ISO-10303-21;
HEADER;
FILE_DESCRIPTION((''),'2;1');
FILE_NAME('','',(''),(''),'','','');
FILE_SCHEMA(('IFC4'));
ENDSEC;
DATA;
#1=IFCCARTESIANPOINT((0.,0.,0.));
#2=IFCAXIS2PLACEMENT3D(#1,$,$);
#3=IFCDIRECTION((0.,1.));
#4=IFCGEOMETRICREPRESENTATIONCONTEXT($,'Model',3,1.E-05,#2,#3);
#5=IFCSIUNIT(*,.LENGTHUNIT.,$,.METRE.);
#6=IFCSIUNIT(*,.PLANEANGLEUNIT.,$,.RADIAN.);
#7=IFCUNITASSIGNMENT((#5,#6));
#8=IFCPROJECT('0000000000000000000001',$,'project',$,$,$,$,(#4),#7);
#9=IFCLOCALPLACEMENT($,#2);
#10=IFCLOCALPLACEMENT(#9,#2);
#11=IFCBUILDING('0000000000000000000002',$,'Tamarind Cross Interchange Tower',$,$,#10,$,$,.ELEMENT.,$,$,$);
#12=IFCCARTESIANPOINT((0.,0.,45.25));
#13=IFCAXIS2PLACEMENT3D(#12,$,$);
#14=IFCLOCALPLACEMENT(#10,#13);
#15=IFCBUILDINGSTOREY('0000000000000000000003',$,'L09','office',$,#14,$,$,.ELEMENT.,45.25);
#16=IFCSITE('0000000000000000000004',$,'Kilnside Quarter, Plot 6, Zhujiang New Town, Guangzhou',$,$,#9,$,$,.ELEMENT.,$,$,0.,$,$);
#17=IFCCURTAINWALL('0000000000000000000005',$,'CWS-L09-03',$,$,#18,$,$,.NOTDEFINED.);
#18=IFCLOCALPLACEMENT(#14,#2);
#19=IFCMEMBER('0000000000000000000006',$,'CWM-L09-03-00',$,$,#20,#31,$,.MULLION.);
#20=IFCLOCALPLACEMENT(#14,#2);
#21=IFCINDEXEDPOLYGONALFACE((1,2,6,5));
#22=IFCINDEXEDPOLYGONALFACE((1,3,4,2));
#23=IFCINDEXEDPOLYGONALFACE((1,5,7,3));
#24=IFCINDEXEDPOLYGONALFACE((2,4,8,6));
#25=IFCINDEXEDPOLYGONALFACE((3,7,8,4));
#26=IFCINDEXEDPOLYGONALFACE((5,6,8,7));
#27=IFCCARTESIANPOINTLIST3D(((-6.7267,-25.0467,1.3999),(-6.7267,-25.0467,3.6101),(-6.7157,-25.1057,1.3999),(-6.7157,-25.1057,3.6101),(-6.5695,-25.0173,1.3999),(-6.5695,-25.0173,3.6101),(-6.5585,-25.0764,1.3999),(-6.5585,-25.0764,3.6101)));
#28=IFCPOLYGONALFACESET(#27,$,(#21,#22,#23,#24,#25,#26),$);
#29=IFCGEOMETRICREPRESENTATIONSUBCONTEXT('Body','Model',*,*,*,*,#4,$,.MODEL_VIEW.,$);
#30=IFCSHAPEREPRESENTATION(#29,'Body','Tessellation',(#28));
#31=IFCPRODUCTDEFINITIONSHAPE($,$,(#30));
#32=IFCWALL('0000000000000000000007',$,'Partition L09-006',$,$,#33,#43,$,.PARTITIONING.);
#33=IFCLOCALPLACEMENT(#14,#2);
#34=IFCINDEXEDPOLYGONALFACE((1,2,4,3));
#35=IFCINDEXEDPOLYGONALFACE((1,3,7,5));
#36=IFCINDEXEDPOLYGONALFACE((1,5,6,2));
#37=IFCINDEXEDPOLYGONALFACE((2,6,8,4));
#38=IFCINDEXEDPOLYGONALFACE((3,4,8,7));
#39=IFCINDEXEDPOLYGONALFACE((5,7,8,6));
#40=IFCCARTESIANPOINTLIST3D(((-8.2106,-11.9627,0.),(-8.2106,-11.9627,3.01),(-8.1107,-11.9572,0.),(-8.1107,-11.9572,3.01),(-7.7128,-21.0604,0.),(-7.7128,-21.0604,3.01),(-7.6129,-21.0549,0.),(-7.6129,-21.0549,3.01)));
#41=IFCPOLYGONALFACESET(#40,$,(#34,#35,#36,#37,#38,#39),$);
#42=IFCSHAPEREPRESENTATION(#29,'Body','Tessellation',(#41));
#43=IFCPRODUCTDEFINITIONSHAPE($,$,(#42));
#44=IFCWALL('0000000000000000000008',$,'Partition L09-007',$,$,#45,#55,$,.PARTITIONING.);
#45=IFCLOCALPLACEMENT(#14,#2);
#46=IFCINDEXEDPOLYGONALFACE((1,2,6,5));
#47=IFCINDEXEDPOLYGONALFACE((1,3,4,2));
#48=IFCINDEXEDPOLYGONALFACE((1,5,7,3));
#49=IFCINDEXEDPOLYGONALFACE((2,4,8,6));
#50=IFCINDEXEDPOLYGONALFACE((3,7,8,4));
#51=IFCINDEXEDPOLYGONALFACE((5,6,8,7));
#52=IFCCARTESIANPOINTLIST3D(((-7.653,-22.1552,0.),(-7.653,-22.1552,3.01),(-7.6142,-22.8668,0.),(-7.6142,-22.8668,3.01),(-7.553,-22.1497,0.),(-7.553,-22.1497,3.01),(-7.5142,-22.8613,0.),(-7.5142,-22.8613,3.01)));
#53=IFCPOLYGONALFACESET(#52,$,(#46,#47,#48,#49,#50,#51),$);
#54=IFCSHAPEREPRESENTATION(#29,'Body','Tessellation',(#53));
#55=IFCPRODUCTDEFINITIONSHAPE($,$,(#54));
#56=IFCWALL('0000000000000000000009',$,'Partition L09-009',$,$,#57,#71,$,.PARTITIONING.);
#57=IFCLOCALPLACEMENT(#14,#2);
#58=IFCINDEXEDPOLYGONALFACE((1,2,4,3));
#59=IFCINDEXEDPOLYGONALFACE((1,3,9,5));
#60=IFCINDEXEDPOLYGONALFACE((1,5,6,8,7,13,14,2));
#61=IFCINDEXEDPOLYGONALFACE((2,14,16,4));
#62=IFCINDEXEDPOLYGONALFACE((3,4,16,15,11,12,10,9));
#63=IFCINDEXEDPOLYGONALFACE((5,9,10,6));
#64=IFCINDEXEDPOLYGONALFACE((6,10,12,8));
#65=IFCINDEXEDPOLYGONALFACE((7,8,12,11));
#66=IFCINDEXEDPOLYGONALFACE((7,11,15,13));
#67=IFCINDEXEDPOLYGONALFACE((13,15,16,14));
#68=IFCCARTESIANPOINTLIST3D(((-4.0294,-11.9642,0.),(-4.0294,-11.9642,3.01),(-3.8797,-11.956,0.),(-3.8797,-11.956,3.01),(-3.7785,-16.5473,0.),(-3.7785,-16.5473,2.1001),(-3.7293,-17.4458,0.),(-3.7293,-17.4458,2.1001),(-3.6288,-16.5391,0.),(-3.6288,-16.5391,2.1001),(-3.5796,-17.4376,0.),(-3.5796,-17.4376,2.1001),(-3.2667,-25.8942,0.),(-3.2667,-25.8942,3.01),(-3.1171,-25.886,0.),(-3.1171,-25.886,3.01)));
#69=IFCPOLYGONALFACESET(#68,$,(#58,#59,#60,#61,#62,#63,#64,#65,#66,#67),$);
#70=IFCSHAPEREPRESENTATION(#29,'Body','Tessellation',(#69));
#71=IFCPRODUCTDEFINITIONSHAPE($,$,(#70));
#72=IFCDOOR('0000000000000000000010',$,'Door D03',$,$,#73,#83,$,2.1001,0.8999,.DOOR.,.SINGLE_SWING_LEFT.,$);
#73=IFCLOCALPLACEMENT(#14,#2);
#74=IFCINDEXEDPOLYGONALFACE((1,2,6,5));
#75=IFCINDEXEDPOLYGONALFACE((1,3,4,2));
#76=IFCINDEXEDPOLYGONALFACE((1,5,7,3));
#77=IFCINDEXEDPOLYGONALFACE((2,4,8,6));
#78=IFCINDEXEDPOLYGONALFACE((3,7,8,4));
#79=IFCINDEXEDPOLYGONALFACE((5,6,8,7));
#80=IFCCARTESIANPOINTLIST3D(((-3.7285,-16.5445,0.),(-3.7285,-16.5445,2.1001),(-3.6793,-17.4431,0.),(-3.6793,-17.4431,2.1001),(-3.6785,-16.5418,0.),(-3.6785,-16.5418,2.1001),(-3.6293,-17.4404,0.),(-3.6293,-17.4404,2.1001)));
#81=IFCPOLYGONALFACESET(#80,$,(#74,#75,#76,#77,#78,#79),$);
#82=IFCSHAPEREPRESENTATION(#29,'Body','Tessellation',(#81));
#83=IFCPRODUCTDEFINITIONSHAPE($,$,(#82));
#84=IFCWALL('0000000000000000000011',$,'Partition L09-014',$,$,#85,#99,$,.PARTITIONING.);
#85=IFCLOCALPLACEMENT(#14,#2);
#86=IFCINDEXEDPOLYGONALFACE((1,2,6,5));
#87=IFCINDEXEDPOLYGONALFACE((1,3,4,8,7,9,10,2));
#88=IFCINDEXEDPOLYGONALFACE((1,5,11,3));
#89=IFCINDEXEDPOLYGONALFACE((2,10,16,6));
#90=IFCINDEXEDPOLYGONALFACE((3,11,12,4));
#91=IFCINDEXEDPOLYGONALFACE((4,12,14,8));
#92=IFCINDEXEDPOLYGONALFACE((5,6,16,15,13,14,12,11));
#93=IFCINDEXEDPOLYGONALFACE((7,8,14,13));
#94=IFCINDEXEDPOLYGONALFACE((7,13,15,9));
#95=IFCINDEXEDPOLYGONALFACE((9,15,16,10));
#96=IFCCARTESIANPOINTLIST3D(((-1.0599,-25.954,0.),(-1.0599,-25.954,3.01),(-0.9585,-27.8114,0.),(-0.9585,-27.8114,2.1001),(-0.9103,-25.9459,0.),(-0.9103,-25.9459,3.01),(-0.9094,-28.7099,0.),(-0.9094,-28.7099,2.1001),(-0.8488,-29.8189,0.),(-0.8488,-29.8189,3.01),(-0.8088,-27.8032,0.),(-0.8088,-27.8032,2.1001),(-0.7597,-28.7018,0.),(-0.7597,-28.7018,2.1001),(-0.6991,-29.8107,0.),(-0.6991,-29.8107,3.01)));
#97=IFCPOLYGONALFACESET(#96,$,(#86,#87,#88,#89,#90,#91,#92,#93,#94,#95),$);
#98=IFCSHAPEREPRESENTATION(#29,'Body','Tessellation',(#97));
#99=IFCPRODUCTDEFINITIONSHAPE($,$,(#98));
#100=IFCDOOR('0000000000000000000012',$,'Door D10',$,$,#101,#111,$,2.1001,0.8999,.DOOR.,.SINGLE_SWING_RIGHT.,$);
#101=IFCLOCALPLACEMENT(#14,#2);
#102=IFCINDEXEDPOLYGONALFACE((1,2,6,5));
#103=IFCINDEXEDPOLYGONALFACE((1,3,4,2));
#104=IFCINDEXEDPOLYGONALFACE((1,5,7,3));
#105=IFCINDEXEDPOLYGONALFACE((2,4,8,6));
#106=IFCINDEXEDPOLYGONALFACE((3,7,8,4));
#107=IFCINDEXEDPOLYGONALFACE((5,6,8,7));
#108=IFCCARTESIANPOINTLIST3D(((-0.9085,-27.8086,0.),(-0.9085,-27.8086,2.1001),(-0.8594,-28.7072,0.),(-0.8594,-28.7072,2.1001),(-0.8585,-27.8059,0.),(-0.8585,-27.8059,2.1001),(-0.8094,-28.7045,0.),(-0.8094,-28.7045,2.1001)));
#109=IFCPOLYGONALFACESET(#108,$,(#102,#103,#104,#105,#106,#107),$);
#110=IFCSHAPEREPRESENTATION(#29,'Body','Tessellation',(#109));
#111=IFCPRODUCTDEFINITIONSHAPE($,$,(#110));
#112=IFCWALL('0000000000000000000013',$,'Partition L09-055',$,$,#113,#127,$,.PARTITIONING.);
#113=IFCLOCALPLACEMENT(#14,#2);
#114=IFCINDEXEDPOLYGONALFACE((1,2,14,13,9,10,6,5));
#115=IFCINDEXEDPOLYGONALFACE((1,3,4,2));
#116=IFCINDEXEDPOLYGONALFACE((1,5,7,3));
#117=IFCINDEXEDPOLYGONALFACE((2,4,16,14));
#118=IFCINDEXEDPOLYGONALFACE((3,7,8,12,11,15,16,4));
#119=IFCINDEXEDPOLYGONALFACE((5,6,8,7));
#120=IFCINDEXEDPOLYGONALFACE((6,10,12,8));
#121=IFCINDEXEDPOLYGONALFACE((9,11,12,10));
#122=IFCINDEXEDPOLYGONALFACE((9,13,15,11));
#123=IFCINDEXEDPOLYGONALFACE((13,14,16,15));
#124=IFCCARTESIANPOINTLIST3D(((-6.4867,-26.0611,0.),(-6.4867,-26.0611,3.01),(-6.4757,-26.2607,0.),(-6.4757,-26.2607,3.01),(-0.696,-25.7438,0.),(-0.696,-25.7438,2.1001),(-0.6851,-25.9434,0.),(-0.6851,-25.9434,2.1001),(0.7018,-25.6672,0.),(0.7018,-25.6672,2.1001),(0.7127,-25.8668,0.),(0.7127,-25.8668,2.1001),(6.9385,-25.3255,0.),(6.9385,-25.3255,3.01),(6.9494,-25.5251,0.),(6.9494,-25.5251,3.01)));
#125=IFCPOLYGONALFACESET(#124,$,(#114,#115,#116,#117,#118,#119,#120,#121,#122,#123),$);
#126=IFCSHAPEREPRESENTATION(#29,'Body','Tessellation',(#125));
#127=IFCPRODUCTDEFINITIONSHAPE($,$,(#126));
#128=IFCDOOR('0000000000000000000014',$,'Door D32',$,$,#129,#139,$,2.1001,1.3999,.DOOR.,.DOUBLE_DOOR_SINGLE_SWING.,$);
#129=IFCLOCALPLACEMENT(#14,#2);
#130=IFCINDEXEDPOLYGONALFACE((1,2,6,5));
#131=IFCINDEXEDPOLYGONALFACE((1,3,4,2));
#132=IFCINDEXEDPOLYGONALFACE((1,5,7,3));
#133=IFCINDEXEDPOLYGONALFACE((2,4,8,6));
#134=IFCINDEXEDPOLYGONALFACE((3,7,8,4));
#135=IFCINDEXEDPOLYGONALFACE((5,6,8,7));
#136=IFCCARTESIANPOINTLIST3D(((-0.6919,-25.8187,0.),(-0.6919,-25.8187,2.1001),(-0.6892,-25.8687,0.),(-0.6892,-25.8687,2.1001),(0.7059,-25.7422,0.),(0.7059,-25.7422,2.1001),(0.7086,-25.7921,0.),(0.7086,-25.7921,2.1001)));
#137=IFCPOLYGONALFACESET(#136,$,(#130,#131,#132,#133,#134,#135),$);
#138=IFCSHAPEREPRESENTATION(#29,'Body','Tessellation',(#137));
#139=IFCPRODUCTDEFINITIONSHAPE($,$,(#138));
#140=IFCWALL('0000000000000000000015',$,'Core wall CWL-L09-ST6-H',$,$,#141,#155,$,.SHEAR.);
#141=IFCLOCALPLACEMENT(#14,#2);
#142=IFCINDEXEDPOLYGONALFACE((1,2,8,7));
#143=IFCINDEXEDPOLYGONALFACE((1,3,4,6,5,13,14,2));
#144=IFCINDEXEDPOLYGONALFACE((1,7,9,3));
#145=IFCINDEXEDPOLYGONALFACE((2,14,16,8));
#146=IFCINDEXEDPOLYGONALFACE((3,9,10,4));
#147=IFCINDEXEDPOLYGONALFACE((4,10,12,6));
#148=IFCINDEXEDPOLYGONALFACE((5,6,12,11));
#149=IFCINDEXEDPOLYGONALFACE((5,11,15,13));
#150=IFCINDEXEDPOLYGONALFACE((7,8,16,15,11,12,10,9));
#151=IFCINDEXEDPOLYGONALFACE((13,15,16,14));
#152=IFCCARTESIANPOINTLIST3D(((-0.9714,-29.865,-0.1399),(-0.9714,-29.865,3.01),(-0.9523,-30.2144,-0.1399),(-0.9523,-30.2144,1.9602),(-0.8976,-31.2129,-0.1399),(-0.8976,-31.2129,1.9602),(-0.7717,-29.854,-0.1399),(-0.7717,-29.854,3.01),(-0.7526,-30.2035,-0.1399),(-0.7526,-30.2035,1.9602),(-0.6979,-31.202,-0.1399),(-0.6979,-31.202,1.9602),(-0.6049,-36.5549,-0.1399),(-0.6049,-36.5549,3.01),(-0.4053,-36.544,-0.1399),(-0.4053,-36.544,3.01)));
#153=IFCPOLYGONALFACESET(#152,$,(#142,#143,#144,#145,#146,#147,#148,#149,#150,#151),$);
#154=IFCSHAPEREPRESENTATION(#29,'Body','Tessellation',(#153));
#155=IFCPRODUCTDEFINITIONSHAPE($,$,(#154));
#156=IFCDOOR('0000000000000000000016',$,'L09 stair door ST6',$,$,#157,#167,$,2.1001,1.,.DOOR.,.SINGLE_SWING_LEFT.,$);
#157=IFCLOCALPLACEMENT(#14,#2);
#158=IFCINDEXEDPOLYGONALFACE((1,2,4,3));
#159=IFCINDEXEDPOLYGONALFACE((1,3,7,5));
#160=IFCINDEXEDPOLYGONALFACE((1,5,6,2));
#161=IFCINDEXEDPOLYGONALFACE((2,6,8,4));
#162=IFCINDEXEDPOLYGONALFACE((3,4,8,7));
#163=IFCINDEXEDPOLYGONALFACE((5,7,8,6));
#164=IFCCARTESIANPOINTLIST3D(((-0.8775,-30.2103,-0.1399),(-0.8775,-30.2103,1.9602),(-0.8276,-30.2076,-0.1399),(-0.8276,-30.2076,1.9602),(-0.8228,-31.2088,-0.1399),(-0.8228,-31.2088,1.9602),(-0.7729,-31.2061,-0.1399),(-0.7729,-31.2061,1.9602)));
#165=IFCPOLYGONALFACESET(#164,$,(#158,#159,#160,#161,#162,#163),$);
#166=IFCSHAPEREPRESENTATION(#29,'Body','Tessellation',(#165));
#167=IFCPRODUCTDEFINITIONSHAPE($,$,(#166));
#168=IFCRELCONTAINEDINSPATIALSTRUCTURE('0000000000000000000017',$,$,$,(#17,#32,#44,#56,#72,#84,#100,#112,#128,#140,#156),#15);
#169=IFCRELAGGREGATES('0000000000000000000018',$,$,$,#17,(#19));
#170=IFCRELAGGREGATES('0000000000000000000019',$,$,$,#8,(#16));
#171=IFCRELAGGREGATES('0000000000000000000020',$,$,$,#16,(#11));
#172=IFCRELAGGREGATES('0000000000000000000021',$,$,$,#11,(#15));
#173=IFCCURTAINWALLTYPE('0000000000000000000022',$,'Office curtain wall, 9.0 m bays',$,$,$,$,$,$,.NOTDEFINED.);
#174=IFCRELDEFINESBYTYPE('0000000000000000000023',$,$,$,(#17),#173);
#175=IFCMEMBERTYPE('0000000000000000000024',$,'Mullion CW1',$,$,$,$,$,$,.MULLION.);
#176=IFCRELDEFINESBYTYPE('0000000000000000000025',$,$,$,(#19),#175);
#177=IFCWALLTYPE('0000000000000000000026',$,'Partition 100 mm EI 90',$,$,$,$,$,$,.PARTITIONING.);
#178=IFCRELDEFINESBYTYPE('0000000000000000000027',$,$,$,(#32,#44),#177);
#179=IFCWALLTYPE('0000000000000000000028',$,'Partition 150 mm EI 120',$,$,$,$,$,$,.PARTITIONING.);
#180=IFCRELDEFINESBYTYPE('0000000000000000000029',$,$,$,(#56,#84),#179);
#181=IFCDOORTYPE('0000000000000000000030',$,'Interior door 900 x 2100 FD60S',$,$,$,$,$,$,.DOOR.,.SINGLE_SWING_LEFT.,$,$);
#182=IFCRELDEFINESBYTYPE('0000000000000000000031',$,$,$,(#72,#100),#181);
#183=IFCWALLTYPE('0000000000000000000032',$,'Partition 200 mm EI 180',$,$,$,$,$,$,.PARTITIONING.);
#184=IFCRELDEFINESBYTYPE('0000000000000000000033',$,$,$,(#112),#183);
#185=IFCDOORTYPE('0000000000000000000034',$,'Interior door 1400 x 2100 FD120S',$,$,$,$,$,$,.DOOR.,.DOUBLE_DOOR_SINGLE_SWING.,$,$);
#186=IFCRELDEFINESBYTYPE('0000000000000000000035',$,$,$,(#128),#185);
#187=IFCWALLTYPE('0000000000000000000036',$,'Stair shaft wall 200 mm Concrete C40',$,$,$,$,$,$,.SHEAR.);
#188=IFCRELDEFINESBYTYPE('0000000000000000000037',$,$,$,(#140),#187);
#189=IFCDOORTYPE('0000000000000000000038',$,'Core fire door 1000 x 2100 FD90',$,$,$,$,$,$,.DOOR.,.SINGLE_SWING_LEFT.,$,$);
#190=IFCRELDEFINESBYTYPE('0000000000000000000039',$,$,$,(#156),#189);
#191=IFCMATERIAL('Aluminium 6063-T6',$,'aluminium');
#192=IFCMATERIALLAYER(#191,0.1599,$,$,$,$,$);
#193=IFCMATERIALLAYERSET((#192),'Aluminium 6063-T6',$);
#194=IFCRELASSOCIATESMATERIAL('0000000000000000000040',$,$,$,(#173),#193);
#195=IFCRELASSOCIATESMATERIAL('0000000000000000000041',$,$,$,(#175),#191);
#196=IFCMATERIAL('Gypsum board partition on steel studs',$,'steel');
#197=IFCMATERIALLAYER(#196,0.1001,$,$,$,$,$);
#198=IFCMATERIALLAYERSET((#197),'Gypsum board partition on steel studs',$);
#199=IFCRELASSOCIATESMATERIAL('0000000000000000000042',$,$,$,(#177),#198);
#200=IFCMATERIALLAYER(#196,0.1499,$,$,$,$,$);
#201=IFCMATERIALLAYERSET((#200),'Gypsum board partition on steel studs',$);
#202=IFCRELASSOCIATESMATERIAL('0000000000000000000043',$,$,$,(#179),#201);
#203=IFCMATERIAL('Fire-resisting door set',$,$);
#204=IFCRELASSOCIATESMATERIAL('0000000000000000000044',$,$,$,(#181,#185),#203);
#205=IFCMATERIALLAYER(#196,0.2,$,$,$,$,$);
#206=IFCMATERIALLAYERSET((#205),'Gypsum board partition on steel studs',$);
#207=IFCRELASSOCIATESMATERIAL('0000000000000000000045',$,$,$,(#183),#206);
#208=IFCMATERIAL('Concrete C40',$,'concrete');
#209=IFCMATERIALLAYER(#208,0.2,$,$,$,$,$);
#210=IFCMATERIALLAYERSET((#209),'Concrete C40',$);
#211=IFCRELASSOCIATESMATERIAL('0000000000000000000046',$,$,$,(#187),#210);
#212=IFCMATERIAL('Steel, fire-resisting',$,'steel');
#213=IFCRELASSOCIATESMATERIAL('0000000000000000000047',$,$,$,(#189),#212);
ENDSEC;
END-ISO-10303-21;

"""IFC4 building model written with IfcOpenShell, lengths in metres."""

from ifc_helpers import new_model, si_unit, direction, frame, frame_2d, origin, origin_2d, place, context, subcontext, project, spatial, rectangle, extrude, material, layer, layer_set, material_profile, profile_set, type_object, element, fill, aggregate, save


model = new_model("IFC4")

# Units and contexts
model_context = context("Model", 3, precision=1e-05, world=origin(), true_north=direction((0.0, 1.0)))
body_context = subcontext(model_context, "Body", "Model", "MODEL_VIEW")
ifc_project = project(units=[si_unit("LENGTHUNIT", "METRE"), si_unit("PLANEANGLEUNIT", "RADIAN")], contexts=[model_context])

# Site, building, storey
site_placement = place(None, origin())
site = spatial("IfcSite", under=ifc_project, at=site_placement, Name="Kilnside Quarter, Plot 6, Zhujiang New Town, Guangzhou", CompositionType="ELEMENT", RefElevation=0.0)
building_placement = place(site_placement, origin())
building = spatial("IfcBuilding", under=site, at=building_placement, Name="Tamarind Cross Interchange Tower", CompositionType="ELEMENT")
storey_placement = place(building_placement, frame((0.0, 0.0, 45.25)))
storey = spatial("IfcBuildingStorey", under=building, at=storey_placement, Name="L09", Description="office", CompositionType="ELEMENT", Elevation=45.25)

# Curtain wall, member
ifc_material_1 = material(Name="Aluminium 6063-T6", Category="aluminium")
ifc_layer_1 = layer(ifc_material_1, 0.1599)
ifc_layer_set_1 = layer_set([ifc_layer_1], Name="Aluminium 6063-T6")
curtain_wall_type = type_object("IfcCurtainWallType", Name="Office curtain wall, 9.0 m bays", PredefinedType="NOTDEFINED", material=ifc_layer_set_1)
curtain_wall_placement = place(storey_placement, origin())
curtain_wall = element("IfcCurtainWall", 1, at=curtain_wall_placement, inside=storey, type_object=curtain_wall_type, Name="CWS-L09-03", PredefinedType="NOTDEFINED")
ifc_material_profile_1 = material_profile(ifc_material_1, rectangle(XDim=0.0601, YDim=0.1599, at=origin_2d()), Name="Mullion CW1")
ifc_profile_set_1 = profile_set([ifc_material_profile_1], Name="Aluminium 6063-T6")
member_type = type_object("IfcMemberType", Name="Mullion CW1", PredefinedType="MULLION", material=ifc_profile_set_1)
member_placement = place(storey_placement, frame((-6.6426, -25.0615, 1.3999), z_axis=(0.0, 0.0, 1.0), x_axis=(0.183566, -0.983007, 0.0)))
member = element("IfcMember", 2, at=member_placement, type_object=member_type, Name="CWM-L09-03-00", PredefinedType="MULLION", context=body_context, shape_type="SweptSolid", body=[
    extrude(rectangle(XDim=0.0601, YDim=0.1599, at=origin_2d()), origin(), (0.0, 0.0, 1.0), 2.2102),
])
aggregate(curtain_wall, [member])

# Walls
ifc_material_2 = material(Name="Gypsum board partition on steel studs", Category="steel")
ifc_layer_2 = layer(ifc_material_2, 0.1001)
ifc_layer_set_2 = layer_set([ifc_layer_2], Name="Gypsum board partition on steel studs")
wall_type_1 = type_object("IfcWallType", Name="Partition 100 mm EI 90", PredefinedType="PARTITIONING", material=ifc_layer_set_2)
wall_1_placement = place(storey_placement, frame((-8.1606, -11.96, 0.0), z_axis=(0.0, 0.0, 1.0), x_axis=(0.054636, -0.998506, 0.0)))
element("IfcWall", 3, at=wall_1_placement, inside=storey, type_object=wall_type_1, Name="Partition L09-006", PredefinedType="PARTITIONING", context=body_context, shape_type="SweptSolid", body=[
    extrude(rectangle(XDim=9.1113, YDim=0.1001, at=frame_2d((4.5557, 0.0))), origin(), (0.0, 0.0, 1.0), 3.01),
])
wall_2_placement = place(storey_placement, frame((-7.603, -22.1523, 0.0), z_axis=(0.0, 0.0, 1.0), x_axis=(0.054464, -0.998516, 0.0)))
element("IfcWall", 4, at=wall_2_placement, inside=storey, type_object=wall_type_1, Name="Partition L09-007", PredefinedType="PARTITIONING", context=body_context, shape_type="SweptSolid", body=[
    extrude(rectangle(XDim=0.7126, YDim=0.1001, at=frame_2d((0.3564, 0.0))), origin(), (0.0, 0.0, 1.0), 3.01),
])

# Walls, openings, doors
ifc_layer_3 = layer(ifc_material_2, 0.1499)
ifc_layer_set_3 = layer_set([ifc_layer_3], Name="Gypsum board partition on steel studs")
wall_type_2 = type_object("IfcWallType", Name="Partition 150 mm EI 120", PredefinedType="PARTITIONING", material=ifc_layer_set_3)
wall_3_placement = place(storey_placement, frame((-3.9546, -11.96, 0.0), z_axis=(0.0, 0.0, 1.0), x_axis=(0.054669, -0.998505, 0.0)))
wall_3 = element("IfcWall", 5, at=wall_3_placement, inside=storey, type_object=wall_type_2, Name="Partition L09-009", PredefinedType="PARTITIONING", context=body_context, shape_type="SweptSolid", body=[
    extrude(rectangle(XDim=13.9509, YDim=0.1499, at=frame_2d((6.9756, 0.0))), origin(), (0.0, 0.0, 1.0), 3.01),
])
opening_1_placement = place(wall_3_placement, frame((4.5901, 0.0, 0.0)))
opening_1 = element("IfcOpeningElement", 6, at=opening_1_placement, cuts=wall_3, PredefinedType="OPENING", context=body_context, shape_type="SweptSolid", body=[
    extrude(rectangle(XDim=0.8999, YDim=2.1001, at=frame_2d((0.45, 1.05))), frame((0.0, 0.085, 0.0), z_axis=(0.0, -1.0, 0.0), x_axis=(1.0, 0.0, 0.0)), (0.0, 0.0, 1.0), 0.1699),
])
ifc_material_3 = material(Name="Fire-resisting door set")
door_type_1 = type_object("IfcDoorType", Name="Interior door 900 x 2100 FD60S", OperationType="SINGLE_SWING_LEFT", PredefinedType="DOOR", material=ifc_material_3)
door_1_placement = place(opening_1_placement, frame((0.8999, 0.0, 0.0), z_axis=(0.0, 0.0, 1.0), x_axis=(-1.0, 0.0, 0.0)))
door_1 = element("IfcDoor", 7, at=door_1_placement, inside=storey, type_object=door_type_1, Name="Door D03", OperationType="SINGLE_SWING_LEFT", OverallHeight=2.1001, OverallWidth=0.8999, PredefinedType="DOOR", context=body_context, shape_type="SweptSolid", body=[
    extrude(rectangle(XDim=0.8999, YDim=2.1001, at=frame_2d((0.45, 1.05))), frame((0.0, 0.0249, 0.0), z_axis=(0.0, -1.0, 0.0), x_axis=(1.0, 0.0, 0.0)), (0.0, 0.0, 1.0), 0.05),
])
fill(opening_1, door_1)
wall_4_placement = place(storey_placement, frame((-0.9851, -25.95, 0.0), z_axis=(0.0, 0.0, 1.0), x_axis=(0.054562, -0.99851, 0.0)))
wall_4 = element("IfcWall", 8, at=wall_4_placement, inside=storey, type_object=wall_type_2, Name="Partition L09-014", PredefinedType="PARTITIONING", context=body_context, shape_type="SweptSolid", body=[
    extrude(rectangle(XDim=3.8706, YDim=0.1499, at=frame_2d((1.9353, 0.0))), origin(), (0.0, 0.0, 1.0), 3.01),
])
opening_2_placement = place(wall_4_placement, frame((1.8601, 0.0, 0.0)))
opening_2 = element("IfcOpeningElement", 9, at=opening_2_placement, cuts=wall_4, PredefinedType="OPENING", context=body_context, shape_type="SweptSolid", body=[
    extrude(rectangle(XDim=0.8999, YDim=2.1001, at=frame_2d((0.45, 1.05))), frame((0.0, 0.085, 0.0), z_axis=(0.0, -1.0, 0.0), x_axis=(1.0, 0.0, 0.0)), (0.0, 0.0, 1.0), 0.1699),
])
door_2_placement = place(opening_2_placement, frame((0.8999, 0.0, 0.0), z_axis=(0.0, 0.0, 1.0), x_axis=(-1.0, 0.0, 0.0)))
door_2 = element("IfcDoor", 10, at=door_2_placement, inside=storey, type_object=door_type_1, Name="Door D10", OperationType="SINGLE_SWING_RIGHT", OverallHeight=2.1001, OverallWidth=0.8999, PredefinedType="DOOR", context=body_context, shape_type="SweptSolid", body=[
    extrude(rectangle(XDim=0.8999, YDim=2.1001, at=frame_2d((0.45, 1.05))), frame((0.0, 0.0249, 0.0), z_axis=(0.0, -1.0, 0.0), x_axis=(1.0, 0.0, 0.0)), (0.0, 0.0, 1.0), 0.05),
])
fill(opening_2, door_2)
ifc_layer_4 = layer(ifc_material_2, 0.2)
ifc_layer_set_4 = layer_set([ifc_layer_4], Name="Gypsum board partition on steel studs")
wall_type_3 = type_object("IfcWallType", Name="Partition 200 mm EI 180", PredefinedType="PARTITIONING", material=ifc_layer_set_4)
wall_5_placement = place(storey_placement, frame((-6.4812, -26.1609, 0.0), z_axis=(0.0, 0.0, 1.0), x_axis=(0.998502, 0.05471, 0.0)))
wall_5 = element("IfcWall", 11, at=wall_5_placement, inside=storey, type_object=wall_type_3, Name="Partition L09-055", PredefinedType="PARTITIONING", context=body_context, shape_type="SweptSolid", body=[
    extrude(rectangle(XDim=13.4453, YDim=0.2, at=frame_2d((6.7227, 0.0))), origin(), (0.0, 0.0, 1.0), 3.01),
])
opening_3_placement = place(wall_5_placement, frame((5.7993, 0.0, 0.0)))
opening_3 = element("IfcOpeningElement", 12, at=opening_3_placement, cuts=wall_5, PredefinedType="OPENING", context=body_context, shape_type="SweptSolid", body=[
    extrude(rectangle(XDim=1.3999, YDim=2.1001, at=frame_2d((0.7, 1.05))), frame((0.0, 0.1099, 0.0), z_axis=(0.0, -1.0, 0.0), x_axis=(1.0, 0.0, 0.0)), (0.0, 0.0, 1.0), 0.22),
])
door_type_2 = type_object("IfcDoorType", Name="Interior door 1400 x 2100 FD120S", OperationType="DOUBLE_DOOR_SINGLE_SWING", PredefinedType="DOOR", material=ifc_material_3)
door_3_placement = place(opening_3_placement, origin())
door_3 = element("IfcDoor", 13, at=door_3_placement, inside=storey, type_object=door_type_2, Name="Door D32", OperationType="DOUBLE_DOOR_SINGLE_SWING", OverallHeight=2.1001, OverallWidth=1.3999, PredefinedType="DOOR", context=body_context, shape_type="SweptSolid", body=[
    extrude(rectangle(XDim=1.3999, YDim=2.1001, at=frame_2d((0.7, 1.05))), frame((0.0, 0.0249, 0.0), z_axis=(0.0, -1.0, 0.0), x_axis=(1.0, 0.0, 0.0)), (0.0, 0.0, 1.0), 0.05),
])
fill(opening_3, door_3)
ifc_material_4 = material(Name="Concrete C40", Category="concrete")
ifc_layer_5 = layer(ifc_material_4, 0.2)
ifc_layer_set_5 = layer_set([ifc_layer_5], Name="Concrete C40")
wall_type_4 = type_object("IfcWallType", Name="Stair shaft wall 200 mm Concrete C40", PredefinedType="SHEAR", material=ifc_layer_set_5)
wall_6_placement = place(storey_placement, frame((-0.8716, -29.8594, -0.1399), z_axis=(0.0, 0.0, 1.0), x_axis=(0.054695, -0.998503, 0.0)))
wall_6 = element("IfcWall", 14, at=wall_6_placement, inside=storey, type_object=wall_type_4, Name="Core wall CWL-L09-ST6-H", PredefinedType="SHEAR", context=body_context, shape_type="SweptSolid", body=[
    extrude(rectangle(XDim=6.7, YDim=0.2, at=frame_2d((3.3501, 0.0))), origin(), (0.0, 0.0, 1.0), 3.1499),
])
opening_4_placement = place(wall_6_placement, frame((0.3501, 0.0, 0.0)))
opening_4 = element("IfcOpeningElement", 15, at=opening_4_placement, cuts=wall_6, PredefinedType="OPENING", context=body_context, shape_type="SweptSolid", body=[
    extrude(rectangle(XDim=1.0, YDim=2.1001, at=frame_2d((0.5, 1.05))), frame((0.0, 0.1099, 0.0), z_axis=(0.0, -1.0, 0.0), x_axis=(1.0, 0.0, 0.0)), (0.0, 0.0, 1.0), 0.22),
])
ifc_material_5 = material(Name="Steel, fire-resisting", Category="steel")
door_type_3 = type_object("IfcDoorType", Name="Core fire door 1000 x 2100 FD90", OperationType="SINGLE_SWING_LEFT", PredefinedType="DOOR", material=ifc_material_5)
door_4_placement = place(opening_4_placement, origin())
door_4 = element("IfcDoor", 16, at=door_4_placement, inside=storey, type_object=door_type_3, Name="L09 stair door ST6", OperationType="SINGLE_SWING_LEFT", OverallHeight=2.1001, OverallWidth=1.0, PredefinedType="DOOR", context=body_context, shape_type="SweptSolid", body=[
    extrude(rectangle(XDim=1.0, YDim=2.1001, at=frame_2d((0.5, 1.05))), frame((0.0, 0.0249, 0.0), z_axis=(0.0, -1.0, 0.0), x_axis=(1.0, 0.0, 0.0)), (0.0, 0.0, 1.0), 0.05),
])
fill(opening_4, door_4)

save(model, "model.ifc")
